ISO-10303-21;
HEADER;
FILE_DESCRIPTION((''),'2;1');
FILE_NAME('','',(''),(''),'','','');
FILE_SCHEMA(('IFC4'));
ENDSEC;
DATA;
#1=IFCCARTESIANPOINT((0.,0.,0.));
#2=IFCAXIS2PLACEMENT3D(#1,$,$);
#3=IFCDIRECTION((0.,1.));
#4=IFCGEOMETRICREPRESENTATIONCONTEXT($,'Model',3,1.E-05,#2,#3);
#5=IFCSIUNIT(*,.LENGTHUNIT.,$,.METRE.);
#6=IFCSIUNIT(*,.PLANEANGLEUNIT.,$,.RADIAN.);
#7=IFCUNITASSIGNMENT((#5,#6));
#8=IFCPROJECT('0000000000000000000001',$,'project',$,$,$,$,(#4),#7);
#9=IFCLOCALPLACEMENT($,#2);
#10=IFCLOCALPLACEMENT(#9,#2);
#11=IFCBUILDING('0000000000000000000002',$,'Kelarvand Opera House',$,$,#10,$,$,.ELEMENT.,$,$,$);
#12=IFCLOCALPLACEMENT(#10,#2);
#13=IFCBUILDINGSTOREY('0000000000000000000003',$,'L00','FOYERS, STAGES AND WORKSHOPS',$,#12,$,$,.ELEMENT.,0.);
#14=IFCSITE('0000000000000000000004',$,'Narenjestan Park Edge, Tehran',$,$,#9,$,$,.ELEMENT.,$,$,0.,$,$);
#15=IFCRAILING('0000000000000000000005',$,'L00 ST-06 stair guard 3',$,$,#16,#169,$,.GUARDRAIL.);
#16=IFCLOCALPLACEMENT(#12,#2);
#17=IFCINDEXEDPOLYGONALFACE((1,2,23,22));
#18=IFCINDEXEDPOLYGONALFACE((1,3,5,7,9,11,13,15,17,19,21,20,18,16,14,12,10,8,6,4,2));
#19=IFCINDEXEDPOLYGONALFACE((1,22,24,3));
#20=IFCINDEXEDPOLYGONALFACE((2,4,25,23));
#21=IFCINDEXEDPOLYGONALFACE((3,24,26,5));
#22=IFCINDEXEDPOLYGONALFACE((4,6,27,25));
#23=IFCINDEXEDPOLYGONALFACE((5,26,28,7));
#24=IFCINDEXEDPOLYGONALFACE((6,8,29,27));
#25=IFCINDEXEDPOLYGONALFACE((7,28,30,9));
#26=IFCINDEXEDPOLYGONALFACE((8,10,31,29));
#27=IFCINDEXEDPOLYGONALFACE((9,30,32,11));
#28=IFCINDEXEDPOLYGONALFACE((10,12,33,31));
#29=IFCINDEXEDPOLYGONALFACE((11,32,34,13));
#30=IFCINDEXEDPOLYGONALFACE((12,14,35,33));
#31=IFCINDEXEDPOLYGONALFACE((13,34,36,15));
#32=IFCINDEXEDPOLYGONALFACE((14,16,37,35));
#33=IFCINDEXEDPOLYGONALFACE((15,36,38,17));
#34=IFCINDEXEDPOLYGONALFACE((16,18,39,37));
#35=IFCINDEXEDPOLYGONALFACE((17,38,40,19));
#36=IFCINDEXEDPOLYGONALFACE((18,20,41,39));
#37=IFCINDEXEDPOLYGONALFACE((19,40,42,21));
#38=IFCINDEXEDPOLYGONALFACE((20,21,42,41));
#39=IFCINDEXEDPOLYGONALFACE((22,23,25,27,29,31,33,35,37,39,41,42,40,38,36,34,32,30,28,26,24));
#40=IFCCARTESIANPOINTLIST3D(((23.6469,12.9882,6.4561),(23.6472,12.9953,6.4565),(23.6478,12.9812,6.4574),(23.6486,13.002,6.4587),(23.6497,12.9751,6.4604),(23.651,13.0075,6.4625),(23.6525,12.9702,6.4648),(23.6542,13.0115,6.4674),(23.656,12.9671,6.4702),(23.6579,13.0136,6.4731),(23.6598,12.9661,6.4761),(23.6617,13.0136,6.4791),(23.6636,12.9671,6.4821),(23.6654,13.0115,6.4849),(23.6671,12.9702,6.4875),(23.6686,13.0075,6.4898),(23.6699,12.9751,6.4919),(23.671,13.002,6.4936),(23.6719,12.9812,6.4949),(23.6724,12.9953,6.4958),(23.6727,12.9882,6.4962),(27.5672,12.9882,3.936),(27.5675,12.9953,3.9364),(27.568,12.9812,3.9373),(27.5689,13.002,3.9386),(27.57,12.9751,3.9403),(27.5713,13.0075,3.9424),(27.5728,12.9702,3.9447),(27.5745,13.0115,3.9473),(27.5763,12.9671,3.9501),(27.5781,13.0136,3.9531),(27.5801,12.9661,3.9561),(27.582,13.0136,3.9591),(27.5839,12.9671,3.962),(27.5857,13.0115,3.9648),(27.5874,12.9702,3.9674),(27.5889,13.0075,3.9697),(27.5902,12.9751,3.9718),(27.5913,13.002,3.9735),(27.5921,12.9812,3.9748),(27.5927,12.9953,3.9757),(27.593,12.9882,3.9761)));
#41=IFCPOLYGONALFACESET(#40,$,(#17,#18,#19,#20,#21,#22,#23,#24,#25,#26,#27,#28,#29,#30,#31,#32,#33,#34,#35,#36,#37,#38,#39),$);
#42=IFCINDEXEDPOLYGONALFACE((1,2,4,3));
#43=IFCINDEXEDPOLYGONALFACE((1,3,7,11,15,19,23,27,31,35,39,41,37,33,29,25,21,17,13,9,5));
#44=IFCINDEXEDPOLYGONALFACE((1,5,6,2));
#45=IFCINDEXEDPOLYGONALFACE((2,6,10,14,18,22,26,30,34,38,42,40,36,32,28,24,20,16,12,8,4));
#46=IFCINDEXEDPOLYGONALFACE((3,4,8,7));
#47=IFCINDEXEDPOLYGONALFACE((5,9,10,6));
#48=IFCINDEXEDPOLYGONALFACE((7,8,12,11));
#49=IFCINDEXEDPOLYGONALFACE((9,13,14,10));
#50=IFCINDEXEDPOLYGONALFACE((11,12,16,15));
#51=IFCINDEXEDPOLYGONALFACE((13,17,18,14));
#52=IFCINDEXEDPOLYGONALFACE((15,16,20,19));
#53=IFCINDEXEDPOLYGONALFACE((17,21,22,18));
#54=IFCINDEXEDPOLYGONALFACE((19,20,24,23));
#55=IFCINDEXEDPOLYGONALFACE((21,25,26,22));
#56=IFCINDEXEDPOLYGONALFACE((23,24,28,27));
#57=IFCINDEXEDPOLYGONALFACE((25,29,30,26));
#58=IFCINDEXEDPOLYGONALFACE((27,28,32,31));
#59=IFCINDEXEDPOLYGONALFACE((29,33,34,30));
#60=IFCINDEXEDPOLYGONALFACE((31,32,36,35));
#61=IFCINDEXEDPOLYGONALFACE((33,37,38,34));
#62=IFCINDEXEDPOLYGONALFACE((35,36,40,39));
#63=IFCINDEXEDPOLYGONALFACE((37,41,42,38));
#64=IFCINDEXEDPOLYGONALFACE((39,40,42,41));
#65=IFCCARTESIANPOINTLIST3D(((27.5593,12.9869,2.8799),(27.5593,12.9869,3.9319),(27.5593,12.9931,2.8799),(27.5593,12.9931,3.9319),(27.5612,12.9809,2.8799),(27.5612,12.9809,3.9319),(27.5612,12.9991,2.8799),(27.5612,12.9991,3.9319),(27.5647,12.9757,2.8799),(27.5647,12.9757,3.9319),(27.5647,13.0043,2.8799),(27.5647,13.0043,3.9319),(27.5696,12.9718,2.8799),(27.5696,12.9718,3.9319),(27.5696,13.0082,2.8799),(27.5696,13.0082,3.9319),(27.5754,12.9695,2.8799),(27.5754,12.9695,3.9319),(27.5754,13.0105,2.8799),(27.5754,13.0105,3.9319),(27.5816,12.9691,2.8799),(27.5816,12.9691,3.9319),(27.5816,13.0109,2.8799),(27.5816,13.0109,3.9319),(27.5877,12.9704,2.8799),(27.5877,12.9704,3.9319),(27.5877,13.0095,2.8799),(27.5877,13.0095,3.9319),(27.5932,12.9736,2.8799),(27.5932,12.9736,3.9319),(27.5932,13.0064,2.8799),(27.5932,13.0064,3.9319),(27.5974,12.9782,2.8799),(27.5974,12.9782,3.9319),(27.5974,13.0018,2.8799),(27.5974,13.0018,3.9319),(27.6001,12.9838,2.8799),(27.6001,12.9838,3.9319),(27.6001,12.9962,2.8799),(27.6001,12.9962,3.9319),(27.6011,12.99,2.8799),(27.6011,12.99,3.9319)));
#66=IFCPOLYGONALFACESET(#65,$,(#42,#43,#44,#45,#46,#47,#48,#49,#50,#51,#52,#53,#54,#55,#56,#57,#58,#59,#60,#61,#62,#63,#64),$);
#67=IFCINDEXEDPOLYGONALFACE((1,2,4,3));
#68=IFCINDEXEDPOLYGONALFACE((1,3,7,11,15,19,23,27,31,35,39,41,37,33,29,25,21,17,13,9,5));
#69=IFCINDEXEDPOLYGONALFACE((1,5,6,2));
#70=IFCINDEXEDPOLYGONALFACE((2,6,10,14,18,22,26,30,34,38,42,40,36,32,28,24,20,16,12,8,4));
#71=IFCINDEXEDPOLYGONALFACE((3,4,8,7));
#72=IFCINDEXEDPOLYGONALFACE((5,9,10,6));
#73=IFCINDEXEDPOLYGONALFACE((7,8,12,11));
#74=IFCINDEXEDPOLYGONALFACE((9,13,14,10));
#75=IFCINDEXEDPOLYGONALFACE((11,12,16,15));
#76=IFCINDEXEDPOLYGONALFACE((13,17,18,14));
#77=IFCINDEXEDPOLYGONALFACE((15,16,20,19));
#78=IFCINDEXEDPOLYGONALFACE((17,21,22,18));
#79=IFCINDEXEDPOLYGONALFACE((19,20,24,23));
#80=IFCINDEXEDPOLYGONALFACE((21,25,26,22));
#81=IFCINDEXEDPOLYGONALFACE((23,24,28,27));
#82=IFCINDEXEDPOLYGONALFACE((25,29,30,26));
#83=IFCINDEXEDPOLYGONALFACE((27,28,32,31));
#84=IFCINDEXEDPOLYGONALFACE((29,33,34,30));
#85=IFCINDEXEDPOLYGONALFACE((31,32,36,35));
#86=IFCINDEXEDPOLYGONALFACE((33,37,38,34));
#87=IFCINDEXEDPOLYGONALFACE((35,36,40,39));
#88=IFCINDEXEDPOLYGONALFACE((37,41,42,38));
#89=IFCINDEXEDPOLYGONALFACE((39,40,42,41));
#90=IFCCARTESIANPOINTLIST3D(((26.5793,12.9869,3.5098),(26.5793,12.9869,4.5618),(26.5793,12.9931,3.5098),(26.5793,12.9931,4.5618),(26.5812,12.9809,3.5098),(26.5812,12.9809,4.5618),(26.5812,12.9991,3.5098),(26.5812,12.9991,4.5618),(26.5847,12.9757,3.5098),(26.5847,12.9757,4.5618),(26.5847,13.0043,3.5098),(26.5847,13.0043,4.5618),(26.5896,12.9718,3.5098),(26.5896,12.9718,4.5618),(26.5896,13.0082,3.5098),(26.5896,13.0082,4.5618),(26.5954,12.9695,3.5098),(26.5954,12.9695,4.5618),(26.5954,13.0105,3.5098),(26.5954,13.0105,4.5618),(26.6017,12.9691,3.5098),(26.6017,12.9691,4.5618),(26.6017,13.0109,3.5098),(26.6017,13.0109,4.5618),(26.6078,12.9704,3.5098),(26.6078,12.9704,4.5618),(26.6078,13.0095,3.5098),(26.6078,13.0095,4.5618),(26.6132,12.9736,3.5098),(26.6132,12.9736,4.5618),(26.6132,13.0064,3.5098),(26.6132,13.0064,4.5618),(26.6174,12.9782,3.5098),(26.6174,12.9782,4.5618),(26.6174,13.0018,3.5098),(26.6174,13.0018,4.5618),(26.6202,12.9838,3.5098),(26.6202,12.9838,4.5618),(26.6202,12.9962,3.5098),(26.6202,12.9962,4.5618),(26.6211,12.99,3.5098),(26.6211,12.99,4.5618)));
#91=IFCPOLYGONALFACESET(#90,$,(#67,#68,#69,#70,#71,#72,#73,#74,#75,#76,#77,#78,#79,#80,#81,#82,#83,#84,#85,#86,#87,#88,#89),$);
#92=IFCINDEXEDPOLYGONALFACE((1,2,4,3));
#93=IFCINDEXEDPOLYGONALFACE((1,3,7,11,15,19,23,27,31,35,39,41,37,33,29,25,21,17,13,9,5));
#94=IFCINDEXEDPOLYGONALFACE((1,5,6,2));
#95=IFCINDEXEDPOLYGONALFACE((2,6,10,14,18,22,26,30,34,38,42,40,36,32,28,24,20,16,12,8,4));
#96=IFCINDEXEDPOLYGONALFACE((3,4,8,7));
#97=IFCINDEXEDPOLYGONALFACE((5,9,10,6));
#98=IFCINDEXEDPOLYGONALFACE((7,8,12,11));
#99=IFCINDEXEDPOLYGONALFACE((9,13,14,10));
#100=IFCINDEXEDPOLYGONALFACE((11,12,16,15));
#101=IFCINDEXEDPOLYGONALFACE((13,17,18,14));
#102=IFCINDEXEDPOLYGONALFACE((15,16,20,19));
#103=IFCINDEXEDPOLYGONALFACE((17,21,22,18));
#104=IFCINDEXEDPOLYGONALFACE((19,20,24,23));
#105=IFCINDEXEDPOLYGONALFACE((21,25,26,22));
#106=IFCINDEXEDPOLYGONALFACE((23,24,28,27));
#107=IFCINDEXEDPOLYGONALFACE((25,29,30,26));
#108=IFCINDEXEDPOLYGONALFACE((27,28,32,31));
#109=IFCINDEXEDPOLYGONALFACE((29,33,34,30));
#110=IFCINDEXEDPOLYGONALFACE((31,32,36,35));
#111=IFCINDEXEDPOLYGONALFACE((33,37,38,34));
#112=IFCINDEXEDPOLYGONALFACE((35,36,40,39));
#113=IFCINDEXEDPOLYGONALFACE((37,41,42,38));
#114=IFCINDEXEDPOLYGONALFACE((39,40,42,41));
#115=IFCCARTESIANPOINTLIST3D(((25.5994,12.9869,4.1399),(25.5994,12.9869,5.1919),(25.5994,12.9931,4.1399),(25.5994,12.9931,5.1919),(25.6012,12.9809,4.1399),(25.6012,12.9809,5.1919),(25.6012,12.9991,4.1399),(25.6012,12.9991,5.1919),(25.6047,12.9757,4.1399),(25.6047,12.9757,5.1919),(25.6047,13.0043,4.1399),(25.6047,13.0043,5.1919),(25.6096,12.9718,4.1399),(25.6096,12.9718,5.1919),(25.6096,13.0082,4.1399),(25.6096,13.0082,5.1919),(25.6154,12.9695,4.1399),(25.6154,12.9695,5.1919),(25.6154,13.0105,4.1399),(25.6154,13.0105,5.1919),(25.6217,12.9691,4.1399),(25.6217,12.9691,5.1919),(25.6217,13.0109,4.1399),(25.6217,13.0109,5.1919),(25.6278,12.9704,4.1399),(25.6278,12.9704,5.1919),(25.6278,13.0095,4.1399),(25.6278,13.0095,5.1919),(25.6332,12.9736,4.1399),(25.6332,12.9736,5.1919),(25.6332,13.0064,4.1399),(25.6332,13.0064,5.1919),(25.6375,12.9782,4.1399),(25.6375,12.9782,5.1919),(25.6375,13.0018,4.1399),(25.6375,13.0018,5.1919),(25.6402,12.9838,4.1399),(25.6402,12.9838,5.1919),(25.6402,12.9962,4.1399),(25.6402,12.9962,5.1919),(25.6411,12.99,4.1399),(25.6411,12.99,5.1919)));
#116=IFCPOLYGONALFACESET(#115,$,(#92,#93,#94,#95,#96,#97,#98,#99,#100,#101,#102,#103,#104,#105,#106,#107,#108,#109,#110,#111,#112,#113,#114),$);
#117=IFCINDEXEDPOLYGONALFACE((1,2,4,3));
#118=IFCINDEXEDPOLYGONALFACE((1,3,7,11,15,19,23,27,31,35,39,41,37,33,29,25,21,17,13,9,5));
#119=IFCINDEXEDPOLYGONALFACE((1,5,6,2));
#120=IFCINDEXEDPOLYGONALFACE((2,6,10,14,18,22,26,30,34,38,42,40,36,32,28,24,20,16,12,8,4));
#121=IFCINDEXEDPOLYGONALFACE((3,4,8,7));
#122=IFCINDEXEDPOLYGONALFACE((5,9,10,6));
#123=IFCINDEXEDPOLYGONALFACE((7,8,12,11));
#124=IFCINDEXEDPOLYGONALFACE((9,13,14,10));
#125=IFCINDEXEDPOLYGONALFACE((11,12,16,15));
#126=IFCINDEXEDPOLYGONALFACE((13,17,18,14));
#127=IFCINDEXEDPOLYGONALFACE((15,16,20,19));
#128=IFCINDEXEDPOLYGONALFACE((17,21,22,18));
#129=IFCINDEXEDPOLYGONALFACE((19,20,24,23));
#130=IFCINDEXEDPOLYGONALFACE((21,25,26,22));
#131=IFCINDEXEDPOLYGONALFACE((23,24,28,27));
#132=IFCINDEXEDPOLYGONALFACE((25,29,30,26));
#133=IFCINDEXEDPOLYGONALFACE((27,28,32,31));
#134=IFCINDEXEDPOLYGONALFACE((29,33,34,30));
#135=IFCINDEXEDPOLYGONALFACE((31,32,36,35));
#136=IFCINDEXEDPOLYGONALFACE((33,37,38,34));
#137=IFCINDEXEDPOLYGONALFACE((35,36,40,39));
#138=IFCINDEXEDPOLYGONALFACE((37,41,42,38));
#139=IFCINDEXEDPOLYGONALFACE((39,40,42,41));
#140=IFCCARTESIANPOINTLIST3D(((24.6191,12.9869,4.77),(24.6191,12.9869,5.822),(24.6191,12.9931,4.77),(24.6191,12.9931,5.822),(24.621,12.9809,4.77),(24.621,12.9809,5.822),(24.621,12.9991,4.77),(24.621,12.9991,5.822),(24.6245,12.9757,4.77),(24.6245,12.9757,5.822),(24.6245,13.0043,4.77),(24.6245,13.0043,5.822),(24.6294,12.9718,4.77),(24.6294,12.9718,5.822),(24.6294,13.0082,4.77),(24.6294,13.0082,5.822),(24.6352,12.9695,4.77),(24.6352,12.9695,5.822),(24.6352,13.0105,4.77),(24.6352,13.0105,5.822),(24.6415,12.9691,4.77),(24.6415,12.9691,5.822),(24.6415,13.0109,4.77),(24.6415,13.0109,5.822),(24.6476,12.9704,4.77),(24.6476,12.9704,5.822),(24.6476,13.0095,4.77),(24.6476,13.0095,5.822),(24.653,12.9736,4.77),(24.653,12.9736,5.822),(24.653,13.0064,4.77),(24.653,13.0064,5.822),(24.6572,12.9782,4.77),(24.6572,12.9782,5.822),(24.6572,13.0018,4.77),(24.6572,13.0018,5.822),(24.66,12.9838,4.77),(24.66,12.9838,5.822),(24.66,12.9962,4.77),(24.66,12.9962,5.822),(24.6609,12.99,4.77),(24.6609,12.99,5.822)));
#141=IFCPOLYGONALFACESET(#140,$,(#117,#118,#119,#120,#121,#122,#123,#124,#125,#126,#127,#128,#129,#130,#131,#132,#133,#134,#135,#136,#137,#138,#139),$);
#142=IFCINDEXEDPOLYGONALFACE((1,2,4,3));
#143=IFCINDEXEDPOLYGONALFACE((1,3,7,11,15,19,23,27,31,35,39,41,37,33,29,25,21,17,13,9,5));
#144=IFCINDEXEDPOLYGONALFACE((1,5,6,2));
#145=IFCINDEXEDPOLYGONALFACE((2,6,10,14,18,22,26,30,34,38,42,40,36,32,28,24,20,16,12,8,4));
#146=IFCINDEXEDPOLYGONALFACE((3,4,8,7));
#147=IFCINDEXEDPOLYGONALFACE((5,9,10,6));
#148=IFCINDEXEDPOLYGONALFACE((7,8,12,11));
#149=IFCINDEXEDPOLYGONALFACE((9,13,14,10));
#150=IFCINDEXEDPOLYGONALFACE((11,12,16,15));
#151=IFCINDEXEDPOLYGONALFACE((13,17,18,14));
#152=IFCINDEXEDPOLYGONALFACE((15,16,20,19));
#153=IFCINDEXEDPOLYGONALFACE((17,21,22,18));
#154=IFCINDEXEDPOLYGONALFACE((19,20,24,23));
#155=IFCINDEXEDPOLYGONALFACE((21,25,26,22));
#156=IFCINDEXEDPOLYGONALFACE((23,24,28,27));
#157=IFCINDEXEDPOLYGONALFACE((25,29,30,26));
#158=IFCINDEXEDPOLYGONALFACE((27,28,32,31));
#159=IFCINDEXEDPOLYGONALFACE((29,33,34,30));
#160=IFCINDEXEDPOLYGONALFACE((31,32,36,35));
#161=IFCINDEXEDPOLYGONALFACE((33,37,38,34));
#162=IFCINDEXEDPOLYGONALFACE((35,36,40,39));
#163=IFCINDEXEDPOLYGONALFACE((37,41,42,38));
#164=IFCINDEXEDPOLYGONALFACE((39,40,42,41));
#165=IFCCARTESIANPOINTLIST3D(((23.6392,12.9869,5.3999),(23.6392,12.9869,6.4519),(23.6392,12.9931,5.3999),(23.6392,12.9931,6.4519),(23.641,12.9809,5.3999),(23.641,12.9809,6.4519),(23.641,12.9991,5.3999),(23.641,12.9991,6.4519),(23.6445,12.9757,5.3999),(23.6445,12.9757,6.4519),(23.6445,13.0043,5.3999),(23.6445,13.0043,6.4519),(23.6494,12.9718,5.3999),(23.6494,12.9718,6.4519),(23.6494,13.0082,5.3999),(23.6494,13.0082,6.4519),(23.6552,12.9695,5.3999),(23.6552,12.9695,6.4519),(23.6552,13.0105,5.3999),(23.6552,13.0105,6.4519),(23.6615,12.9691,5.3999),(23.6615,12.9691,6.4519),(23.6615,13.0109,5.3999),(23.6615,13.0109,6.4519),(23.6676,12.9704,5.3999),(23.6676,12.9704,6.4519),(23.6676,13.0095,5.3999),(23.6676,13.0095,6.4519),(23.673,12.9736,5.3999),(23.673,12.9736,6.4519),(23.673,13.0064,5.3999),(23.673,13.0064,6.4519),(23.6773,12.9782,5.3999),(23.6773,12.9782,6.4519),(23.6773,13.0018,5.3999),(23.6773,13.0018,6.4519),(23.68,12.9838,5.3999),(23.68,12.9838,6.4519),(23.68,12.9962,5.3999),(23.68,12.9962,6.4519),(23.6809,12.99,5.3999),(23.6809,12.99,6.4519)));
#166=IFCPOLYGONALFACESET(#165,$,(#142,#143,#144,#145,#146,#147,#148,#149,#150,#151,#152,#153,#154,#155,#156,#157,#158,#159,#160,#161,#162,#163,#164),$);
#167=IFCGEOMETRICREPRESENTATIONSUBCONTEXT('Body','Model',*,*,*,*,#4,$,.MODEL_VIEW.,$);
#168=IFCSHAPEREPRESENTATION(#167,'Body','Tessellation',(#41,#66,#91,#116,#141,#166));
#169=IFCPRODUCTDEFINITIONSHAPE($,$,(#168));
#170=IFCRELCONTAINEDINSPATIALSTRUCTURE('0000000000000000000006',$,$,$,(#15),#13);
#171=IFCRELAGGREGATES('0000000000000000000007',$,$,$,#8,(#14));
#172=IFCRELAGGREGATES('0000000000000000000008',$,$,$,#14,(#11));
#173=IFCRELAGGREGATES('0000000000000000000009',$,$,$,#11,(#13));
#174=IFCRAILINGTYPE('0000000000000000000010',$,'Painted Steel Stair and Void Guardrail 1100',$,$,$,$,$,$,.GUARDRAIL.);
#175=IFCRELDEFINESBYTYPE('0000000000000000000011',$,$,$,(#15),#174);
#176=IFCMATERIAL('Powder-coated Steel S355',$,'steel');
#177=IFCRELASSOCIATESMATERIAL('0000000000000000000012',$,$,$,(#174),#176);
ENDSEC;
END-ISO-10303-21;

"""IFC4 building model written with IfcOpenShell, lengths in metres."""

from ifc_helpers import new_model, si_unit, direction, frame, origin, origin_2d, place, context, subcontext, project, spatial, circle, extrude, material, type_object, element, save


model = new_model("IFC4")

# Units and contexts
model_context = context("Model", 3, precision=1e-05, world=origin(), true_north=direction((0.0, 1.0)))
body_context = subcontext(model_context, "Body", "Model", "MODEL_VIEW")
ifc_project = project(units=[si_unit("LENGTHUNIT", "METRE"), si_unit("PLANEANGLEUNIT", "RADIAN")], contexts=[model_context])

# Site, building, storey
site_placement = place(None, origin())
site = spatial("IfcSite", under=ifc_project, at=site_placement, Name="Narenjestan Park Edge, Tehran", CompositionType="ELEMENT", RefElevation=0.0)
building_placement = place(site_placement, origin())
building = spatial("IfcBuilding", under=site, at=building_placement, Name="Kelarvand Opera House", CompositionType="ELEMENT")
storey_placement = place(building_placement, origin())
storey = spatial("IfcBuildingStorey", under=building, at=storey_placement, Name="L00", Description="FOYERS, STAGES AND WORKSHOPS", CompositionType="ELEMENT", Elevation=0.0)

# Railing
ifc_material_1 = material(Name="Powder-coated Steel S355", Category="steel")
railing_type_1 = type_object("IfcRailingType", Name="Painted Steel Stair and Void Guardrail 1100", PredefinedType="GUARDRAIL", material=ifc_material_1)
railing_1_placement = place(storey_placement, frame((27.5801, 12.99, 2.8799)))
element("IfcRailing", 1, at=railing_1_placement, inside=storey, type_object=railing_type_1, Name="L00 ST-06 stair guard 3", PredefinedType="GUARDRAIL", context=body_context, shape_type="SweptSolid", body=[
    extrude(circle(Radius=0.0239, at=origin_2d()), frame((0.0, 0.0, 1.0762), z_axis=(-0.841187, 0.0, 0.540744), x_axis=(0.0, -1.0, 0.0)), (0.0, 0.0, 1.0), 4.6604),
    extrude(circle(Radius=0.021, at=origin_2d()), origin(), (0.0, 0.0, 1.0), 1.052),
    extrude(circle(Radius=0.021, at=origin_2d()), frame((-0.98, 0.0, 0.6299)), (0.0, 0.0, 1.0), 1.052),
    extrude(circle(Radius=0.021, at=origin_2d()), frame((-1.96, 0.0, 1.26)), (0.0, 0.0, 1.0), 1.052),
    extrude(circle(Radius=0.021, at=origin_2d()), frame((-2.9402, 0.0, 1.8901)), (0.0, 0.0, 1.0), 1.052),
    extrude(circle(Radius=0.021, at=origin_2d()), frame((-3.9202, 0.0, 2.52)), (0.0, 0.0, 1.0), 1.052),
])

save(model, "model.ifc")
